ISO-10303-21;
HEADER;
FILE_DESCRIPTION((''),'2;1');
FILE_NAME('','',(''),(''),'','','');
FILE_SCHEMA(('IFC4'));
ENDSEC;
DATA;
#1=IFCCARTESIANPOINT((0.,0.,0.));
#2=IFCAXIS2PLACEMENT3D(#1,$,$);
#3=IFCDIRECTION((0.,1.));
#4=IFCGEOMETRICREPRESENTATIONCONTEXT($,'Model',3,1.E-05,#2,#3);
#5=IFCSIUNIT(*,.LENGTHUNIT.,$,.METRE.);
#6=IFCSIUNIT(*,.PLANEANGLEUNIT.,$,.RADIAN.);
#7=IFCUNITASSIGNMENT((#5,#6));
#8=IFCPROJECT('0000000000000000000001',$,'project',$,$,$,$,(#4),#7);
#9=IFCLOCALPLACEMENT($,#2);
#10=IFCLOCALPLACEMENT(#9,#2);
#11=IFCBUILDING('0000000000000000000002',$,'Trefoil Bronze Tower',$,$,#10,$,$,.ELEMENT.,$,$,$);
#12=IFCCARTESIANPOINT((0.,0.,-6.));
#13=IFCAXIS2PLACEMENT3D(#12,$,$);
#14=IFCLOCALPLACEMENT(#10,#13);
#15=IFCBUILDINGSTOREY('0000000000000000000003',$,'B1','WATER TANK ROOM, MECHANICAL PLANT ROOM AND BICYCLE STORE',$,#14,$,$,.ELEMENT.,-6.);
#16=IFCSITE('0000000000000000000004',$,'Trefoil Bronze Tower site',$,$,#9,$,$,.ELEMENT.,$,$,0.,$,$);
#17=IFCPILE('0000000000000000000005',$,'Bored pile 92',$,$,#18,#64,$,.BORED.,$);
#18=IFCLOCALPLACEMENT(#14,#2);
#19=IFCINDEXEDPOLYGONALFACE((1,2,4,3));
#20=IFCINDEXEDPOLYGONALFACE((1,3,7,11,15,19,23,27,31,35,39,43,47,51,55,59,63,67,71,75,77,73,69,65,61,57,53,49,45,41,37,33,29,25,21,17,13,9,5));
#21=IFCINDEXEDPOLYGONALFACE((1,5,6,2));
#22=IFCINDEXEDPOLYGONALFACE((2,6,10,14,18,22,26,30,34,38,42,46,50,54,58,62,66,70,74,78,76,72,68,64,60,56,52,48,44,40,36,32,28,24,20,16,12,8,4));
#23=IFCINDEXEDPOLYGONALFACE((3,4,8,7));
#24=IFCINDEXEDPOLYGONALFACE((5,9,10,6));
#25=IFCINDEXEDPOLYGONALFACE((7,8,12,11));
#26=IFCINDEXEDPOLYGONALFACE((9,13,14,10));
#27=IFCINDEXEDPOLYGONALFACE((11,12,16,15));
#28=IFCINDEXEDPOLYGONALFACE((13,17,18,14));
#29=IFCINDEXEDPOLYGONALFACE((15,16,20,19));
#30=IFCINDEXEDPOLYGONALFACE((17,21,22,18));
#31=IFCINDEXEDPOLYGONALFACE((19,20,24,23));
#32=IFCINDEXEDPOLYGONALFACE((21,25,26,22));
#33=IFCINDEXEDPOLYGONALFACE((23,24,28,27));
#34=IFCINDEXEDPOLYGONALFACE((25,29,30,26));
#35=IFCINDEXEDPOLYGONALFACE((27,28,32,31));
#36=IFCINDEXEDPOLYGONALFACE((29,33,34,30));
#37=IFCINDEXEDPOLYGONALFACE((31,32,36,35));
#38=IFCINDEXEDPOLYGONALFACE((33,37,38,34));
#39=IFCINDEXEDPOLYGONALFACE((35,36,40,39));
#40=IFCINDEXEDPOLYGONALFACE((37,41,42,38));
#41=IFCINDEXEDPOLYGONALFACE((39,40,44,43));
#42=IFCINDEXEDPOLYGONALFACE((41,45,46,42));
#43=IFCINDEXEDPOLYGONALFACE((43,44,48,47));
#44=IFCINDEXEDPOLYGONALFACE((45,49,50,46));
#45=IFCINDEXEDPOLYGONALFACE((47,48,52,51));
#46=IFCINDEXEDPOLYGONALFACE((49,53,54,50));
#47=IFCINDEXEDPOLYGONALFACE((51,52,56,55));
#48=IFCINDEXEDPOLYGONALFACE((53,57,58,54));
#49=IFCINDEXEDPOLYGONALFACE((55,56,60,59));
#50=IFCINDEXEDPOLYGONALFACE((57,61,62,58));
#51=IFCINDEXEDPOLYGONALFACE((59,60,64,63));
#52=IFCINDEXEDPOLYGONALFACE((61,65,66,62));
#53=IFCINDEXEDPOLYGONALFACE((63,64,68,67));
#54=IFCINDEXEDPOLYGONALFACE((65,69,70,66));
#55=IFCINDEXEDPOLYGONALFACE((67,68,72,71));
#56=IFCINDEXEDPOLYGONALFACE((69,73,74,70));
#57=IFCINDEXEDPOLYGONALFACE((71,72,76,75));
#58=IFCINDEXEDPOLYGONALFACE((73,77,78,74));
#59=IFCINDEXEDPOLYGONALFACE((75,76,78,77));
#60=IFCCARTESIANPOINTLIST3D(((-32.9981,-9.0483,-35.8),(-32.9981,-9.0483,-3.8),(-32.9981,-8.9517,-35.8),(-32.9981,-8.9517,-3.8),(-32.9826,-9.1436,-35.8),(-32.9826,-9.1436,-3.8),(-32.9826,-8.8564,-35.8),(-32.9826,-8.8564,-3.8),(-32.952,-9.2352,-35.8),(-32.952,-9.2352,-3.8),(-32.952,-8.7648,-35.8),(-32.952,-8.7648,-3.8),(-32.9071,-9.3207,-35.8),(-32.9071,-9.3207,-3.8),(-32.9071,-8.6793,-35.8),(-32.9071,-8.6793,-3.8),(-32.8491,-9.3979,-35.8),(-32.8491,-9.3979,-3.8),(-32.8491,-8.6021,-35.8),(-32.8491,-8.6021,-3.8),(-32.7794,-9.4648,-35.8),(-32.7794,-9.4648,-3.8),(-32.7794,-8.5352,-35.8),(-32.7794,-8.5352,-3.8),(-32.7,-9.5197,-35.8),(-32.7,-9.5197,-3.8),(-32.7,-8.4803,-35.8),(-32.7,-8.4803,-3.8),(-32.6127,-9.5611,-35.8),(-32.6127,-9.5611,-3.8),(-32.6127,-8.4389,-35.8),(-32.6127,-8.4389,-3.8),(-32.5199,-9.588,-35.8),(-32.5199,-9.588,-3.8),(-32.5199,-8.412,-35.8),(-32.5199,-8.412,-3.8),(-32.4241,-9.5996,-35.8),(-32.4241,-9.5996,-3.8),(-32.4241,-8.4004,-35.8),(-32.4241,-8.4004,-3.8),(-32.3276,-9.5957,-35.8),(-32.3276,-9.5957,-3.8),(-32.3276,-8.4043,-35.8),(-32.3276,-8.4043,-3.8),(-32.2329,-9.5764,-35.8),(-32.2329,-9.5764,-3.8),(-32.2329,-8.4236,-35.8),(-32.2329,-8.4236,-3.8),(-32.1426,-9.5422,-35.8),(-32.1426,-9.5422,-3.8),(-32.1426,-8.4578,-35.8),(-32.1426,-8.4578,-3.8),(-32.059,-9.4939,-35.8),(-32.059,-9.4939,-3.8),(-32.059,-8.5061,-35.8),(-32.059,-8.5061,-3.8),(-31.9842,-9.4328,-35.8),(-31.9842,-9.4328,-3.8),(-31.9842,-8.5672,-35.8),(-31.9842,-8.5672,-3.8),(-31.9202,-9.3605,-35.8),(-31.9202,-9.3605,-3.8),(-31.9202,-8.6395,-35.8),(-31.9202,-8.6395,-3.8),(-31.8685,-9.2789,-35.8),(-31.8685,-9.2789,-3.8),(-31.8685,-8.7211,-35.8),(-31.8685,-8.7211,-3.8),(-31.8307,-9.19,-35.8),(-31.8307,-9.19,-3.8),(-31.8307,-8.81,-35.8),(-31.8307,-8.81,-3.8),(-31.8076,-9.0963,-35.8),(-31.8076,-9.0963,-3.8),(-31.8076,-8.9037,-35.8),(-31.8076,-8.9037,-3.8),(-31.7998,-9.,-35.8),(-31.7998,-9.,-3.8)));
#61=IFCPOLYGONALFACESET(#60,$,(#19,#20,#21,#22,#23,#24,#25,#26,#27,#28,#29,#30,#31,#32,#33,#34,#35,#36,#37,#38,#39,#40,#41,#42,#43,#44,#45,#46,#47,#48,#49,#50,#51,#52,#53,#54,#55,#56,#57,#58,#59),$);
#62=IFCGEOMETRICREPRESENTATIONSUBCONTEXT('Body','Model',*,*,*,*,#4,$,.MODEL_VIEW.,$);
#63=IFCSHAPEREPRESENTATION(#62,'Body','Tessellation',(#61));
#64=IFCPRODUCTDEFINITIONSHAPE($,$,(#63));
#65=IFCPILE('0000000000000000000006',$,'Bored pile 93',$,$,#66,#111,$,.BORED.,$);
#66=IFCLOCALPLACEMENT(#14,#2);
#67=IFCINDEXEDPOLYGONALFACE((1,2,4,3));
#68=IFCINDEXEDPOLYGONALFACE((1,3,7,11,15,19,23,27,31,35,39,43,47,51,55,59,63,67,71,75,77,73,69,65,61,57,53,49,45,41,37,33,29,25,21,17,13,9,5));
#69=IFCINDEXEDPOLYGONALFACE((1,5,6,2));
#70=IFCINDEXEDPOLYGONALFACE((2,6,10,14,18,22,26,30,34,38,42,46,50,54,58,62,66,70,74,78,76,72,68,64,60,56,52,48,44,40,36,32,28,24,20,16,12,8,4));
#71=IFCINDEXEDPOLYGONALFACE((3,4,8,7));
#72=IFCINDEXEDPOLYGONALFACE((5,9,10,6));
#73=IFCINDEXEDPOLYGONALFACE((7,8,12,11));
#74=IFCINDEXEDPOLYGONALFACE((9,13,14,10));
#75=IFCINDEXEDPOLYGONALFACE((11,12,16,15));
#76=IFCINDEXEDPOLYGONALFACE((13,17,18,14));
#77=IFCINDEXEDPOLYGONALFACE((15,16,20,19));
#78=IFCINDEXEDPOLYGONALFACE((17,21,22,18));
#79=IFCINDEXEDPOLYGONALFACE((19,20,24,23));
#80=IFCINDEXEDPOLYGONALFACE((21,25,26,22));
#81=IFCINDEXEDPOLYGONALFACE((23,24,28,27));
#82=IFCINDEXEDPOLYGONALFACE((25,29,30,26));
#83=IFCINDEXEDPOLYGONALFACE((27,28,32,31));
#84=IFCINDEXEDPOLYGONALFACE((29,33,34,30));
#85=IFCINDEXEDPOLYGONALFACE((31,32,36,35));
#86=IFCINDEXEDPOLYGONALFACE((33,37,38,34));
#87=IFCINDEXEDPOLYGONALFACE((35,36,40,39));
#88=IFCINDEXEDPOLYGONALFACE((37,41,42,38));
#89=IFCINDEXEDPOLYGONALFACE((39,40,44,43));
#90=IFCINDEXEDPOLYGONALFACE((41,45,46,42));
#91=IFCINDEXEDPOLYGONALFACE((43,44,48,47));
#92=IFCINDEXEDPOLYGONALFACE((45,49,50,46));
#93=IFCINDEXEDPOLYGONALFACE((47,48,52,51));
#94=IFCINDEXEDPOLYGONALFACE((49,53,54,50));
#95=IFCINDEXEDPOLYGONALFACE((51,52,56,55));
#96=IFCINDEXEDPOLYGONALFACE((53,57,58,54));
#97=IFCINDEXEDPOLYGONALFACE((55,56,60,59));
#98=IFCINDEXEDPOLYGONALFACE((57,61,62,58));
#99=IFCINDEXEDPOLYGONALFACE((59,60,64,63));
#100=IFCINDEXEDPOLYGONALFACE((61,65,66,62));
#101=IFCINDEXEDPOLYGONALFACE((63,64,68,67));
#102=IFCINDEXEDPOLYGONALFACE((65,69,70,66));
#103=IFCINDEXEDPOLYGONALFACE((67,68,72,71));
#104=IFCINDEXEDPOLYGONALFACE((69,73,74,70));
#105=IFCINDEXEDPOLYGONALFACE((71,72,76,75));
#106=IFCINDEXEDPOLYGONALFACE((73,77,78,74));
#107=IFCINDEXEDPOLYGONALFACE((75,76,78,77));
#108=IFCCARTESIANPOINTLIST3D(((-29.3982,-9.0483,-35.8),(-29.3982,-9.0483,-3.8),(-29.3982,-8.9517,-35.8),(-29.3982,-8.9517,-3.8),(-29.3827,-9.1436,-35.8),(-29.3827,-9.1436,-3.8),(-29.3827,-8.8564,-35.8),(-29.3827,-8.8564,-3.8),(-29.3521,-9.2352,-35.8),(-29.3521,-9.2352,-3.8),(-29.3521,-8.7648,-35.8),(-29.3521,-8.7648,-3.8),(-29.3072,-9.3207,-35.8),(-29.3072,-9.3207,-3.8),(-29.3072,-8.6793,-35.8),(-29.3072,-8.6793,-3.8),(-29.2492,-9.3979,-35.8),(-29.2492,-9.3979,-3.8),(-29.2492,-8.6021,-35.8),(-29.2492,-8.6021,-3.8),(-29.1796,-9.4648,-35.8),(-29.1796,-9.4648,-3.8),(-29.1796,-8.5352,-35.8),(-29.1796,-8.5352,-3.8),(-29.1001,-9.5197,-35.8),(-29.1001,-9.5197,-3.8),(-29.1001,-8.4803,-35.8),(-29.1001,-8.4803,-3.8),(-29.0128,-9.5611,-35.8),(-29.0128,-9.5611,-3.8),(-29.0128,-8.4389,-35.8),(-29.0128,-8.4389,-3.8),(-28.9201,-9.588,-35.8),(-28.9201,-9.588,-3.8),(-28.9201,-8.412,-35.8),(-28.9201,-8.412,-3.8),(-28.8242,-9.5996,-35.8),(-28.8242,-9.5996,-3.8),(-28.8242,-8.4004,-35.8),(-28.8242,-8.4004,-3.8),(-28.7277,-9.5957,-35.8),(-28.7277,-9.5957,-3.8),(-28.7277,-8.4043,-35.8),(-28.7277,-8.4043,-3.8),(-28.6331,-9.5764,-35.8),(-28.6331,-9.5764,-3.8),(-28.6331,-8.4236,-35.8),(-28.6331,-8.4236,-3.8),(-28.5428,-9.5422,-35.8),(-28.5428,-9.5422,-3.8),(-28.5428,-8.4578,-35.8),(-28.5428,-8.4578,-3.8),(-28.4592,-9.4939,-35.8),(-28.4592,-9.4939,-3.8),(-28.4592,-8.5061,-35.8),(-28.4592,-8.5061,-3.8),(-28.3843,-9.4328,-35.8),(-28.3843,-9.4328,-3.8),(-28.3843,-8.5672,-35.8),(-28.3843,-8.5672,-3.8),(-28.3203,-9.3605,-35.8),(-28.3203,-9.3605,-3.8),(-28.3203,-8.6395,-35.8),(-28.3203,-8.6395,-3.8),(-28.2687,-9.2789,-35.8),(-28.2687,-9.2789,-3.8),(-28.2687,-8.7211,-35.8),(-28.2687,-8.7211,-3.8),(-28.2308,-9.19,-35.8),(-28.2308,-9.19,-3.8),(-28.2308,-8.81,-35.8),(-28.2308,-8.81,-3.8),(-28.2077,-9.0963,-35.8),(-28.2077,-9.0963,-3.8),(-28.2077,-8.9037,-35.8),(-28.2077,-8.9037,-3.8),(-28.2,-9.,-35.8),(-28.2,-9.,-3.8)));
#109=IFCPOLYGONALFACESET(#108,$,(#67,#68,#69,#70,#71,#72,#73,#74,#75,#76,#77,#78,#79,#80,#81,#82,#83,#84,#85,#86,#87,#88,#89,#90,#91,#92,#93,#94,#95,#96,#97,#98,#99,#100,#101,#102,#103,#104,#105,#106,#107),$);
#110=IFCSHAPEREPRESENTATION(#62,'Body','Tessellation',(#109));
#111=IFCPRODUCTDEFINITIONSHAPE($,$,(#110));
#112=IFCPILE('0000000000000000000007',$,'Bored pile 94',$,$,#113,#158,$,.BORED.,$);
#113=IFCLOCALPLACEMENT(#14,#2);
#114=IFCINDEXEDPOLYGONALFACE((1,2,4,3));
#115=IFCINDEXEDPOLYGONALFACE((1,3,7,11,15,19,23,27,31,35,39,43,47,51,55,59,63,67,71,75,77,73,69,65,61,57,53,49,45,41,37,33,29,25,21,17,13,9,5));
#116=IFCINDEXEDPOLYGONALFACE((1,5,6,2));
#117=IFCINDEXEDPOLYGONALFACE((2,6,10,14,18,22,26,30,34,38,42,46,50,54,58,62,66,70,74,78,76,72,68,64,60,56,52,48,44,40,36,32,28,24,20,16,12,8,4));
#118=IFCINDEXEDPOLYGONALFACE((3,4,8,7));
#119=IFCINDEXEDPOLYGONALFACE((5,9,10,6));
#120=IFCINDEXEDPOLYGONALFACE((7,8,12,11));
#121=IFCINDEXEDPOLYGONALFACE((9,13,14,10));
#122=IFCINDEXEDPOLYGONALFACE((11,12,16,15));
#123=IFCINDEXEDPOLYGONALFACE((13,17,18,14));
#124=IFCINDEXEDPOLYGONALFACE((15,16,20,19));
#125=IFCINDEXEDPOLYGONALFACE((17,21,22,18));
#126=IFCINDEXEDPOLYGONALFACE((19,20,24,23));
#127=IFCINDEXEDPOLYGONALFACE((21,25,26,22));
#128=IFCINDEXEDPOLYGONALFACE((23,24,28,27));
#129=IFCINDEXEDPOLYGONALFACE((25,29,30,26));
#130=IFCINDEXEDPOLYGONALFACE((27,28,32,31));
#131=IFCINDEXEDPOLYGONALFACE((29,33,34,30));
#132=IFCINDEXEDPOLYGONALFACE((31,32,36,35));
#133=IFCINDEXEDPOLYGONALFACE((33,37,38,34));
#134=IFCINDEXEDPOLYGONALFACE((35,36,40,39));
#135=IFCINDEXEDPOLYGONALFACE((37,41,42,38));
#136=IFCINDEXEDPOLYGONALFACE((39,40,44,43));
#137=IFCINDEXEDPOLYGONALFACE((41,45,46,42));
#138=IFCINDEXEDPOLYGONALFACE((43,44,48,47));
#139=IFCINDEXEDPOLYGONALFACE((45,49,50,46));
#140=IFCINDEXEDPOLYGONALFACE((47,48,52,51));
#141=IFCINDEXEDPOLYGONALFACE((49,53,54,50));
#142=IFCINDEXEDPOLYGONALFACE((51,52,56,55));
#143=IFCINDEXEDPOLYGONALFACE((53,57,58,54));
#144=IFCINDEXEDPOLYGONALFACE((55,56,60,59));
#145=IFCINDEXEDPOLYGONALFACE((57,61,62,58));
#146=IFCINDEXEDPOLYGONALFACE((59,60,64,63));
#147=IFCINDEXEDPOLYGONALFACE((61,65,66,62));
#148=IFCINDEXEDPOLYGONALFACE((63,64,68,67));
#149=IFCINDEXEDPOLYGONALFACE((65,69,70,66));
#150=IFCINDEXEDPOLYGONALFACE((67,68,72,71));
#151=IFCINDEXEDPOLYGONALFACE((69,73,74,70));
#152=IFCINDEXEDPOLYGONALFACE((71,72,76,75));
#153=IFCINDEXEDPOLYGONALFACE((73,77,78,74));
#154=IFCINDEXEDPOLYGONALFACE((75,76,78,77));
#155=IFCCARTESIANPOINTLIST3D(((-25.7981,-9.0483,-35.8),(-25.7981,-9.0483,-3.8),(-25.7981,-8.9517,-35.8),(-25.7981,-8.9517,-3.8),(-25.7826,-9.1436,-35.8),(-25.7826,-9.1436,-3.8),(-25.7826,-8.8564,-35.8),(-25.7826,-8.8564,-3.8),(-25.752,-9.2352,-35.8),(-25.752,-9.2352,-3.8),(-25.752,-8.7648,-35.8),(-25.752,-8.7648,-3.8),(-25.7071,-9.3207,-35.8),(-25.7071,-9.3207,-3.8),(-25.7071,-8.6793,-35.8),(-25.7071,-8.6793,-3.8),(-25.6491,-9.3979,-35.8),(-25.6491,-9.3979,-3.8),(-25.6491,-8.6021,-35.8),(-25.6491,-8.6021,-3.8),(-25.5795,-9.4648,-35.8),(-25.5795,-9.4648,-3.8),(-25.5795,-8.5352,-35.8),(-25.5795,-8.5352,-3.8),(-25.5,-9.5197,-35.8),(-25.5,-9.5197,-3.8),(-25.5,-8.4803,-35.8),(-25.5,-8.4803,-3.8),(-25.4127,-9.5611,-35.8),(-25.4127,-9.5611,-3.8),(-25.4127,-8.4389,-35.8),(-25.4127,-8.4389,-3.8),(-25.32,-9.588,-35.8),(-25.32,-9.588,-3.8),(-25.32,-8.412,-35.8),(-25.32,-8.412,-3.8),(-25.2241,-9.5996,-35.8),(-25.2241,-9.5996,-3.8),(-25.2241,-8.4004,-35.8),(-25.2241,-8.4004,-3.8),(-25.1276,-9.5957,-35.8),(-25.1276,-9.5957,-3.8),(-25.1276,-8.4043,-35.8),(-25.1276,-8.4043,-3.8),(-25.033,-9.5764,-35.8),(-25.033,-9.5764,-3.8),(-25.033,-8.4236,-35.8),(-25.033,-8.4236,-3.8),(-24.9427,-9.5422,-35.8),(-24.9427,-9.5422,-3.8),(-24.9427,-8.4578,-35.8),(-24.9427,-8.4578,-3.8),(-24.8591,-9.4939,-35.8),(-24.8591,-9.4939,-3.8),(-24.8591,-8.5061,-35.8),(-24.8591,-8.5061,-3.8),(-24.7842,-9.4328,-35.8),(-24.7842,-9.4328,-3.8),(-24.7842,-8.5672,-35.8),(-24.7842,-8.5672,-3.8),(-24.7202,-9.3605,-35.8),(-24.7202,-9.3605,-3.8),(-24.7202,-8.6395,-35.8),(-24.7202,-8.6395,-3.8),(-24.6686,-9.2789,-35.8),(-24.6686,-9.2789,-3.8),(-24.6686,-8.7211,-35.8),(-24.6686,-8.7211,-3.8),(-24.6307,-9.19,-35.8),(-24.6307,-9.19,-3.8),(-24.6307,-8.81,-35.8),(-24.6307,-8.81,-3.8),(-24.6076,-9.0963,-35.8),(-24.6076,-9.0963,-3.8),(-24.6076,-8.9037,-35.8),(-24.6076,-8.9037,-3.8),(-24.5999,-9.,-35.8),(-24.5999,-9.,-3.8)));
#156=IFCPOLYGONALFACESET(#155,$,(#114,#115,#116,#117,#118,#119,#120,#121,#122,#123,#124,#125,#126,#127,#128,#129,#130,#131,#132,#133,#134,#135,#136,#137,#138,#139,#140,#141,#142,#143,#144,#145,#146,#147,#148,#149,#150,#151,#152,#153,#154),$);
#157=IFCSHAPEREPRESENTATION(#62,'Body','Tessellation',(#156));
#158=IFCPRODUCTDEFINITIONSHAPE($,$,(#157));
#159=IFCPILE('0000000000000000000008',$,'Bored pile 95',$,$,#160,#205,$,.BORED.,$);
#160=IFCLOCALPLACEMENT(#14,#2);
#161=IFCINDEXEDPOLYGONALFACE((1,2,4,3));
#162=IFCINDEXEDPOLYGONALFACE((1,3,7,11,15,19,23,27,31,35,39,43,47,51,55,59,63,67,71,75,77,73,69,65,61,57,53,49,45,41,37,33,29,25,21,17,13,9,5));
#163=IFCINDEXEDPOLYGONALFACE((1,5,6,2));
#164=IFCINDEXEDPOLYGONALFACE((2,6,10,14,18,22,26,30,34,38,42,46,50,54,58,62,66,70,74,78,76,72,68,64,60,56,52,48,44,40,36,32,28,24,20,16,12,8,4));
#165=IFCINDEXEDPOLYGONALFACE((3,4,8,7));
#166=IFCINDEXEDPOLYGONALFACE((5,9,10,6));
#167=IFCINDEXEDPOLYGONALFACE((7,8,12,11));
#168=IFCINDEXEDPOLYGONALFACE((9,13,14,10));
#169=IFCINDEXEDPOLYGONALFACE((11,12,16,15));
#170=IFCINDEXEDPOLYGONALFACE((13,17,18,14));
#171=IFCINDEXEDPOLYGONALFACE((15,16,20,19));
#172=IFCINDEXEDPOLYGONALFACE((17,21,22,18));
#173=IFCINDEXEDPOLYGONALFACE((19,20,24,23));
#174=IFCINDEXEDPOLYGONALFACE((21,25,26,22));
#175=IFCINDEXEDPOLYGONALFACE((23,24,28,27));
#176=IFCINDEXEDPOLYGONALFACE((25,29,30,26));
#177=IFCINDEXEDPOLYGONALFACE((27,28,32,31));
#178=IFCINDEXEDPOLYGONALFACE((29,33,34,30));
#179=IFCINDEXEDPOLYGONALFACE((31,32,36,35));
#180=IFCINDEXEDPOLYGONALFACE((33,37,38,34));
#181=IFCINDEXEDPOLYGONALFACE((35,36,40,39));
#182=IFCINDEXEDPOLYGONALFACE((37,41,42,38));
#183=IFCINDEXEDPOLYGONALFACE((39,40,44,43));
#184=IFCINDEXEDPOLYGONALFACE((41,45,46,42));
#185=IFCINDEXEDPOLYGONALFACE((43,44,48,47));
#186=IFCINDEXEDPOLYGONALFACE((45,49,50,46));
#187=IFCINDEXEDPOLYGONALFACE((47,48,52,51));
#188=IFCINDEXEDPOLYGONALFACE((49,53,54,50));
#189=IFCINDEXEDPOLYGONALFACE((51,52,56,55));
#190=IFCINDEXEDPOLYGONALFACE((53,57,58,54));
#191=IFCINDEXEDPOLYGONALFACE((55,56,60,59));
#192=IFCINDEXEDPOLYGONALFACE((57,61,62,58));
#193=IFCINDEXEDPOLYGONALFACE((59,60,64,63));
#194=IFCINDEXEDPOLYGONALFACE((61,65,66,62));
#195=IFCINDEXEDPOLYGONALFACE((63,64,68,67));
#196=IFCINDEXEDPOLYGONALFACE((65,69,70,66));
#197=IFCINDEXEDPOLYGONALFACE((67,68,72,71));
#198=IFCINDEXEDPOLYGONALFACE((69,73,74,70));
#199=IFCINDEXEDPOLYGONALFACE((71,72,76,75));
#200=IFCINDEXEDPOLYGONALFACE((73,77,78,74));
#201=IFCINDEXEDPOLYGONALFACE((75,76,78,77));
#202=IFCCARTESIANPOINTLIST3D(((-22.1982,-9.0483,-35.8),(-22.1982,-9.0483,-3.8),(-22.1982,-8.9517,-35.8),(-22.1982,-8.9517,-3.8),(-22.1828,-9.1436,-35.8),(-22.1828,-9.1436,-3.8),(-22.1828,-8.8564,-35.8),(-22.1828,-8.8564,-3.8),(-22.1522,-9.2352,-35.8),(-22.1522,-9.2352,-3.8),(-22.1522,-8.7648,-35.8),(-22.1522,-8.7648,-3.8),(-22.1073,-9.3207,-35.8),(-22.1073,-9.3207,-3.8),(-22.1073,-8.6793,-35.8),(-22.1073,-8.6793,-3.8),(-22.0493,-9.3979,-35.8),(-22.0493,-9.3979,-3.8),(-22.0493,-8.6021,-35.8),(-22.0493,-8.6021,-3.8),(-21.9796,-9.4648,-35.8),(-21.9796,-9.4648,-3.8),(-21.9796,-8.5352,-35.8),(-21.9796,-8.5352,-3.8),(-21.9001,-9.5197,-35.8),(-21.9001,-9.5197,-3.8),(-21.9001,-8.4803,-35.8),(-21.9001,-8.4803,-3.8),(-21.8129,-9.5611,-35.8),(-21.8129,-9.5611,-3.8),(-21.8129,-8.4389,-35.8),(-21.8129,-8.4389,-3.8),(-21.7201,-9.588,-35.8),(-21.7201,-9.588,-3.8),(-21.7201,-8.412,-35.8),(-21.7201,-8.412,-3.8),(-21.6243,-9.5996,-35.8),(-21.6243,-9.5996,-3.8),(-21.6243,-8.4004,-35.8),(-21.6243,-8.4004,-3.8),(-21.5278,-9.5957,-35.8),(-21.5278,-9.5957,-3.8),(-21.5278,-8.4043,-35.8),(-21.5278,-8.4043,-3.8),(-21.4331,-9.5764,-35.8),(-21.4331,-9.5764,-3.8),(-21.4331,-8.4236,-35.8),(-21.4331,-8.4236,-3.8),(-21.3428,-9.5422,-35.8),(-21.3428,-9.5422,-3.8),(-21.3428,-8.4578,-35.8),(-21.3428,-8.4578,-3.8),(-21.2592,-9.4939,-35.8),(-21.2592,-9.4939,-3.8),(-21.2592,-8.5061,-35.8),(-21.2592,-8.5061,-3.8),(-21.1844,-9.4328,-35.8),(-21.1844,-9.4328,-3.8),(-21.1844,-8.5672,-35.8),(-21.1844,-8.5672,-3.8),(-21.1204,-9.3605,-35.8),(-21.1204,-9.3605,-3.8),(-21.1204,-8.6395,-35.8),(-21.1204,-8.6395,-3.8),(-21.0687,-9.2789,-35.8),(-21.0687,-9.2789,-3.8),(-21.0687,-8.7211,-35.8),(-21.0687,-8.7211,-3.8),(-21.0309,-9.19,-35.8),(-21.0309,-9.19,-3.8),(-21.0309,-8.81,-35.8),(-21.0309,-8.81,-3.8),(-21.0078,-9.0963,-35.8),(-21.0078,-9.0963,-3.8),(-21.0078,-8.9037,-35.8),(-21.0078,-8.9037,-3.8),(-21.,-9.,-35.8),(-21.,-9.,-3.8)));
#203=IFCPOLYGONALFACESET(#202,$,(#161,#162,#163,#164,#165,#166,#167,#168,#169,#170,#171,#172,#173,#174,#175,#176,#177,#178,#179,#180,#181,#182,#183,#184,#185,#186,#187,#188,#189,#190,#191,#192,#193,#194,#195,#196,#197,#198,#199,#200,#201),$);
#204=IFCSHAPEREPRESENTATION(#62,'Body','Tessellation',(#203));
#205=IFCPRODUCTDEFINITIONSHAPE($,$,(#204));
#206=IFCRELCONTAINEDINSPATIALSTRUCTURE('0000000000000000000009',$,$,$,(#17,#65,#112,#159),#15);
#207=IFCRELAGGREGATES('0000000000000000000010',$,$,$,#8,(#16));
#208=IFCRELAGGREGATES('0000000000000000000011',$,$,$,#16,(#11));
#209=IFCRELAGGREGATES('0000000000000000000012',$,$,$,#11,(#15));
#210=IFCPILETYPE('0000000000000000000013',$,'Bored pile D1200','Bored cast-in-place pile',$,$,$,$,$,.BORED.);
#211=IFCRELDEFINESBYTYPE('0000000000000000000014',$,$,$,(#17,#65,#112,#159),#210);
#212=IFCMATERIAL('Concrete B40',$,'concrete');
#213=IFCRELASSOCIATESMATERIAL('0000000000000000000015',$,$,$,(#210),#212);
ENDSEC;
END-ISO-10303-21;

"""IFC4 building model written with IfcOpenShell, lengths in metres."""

from ifc_helpers import new_model, si_unit, direction, frame, origin, origin_2d, place, context, subcontext, project, spatial, circle, extrude, material, type_object, element, save


model = new_model("IFC4")

# Units and contexts
model_context = context("Model", 3, precision=1e-05, world=origin(), true_north=direction((0.0, 1.0)))
body_context = subcontext(model_context, "Body", "Model", "MODEL_VIEW")
ifc_project = project(units=[si_unit("LENGTHUNIT", "METRE"), si_unit("PLANEANGLEUNIT", "RADIAN")], contexts=[model_context])

# Site, building, storey
site_placement = place(None, origin())
site = spatial("IfcSite", under=ifc_project, at=site_placement, Name="Trefoil Bronze Tower site", CompositionType="ELEMENT", RefElevation=0.0)
building_placement = place(site_placement, origin())
building = spatial("IfcBuilding", under=site, at=building_placement, Name="Trefoil Bronze Tower", CompositionType="ELEMENT")
storey_placement = place(building_placement, frame((0.0, 0.0, -6.0)))
storey = spatial("IfcBuildingStorey", under=building, at=storey_placement, Name="B1", Description="WATER TANK ROOM, MECHANICAL PLANT ROOM AND BICYCLE STORE", CompositionType="ELEMENT", Elevation=-6.0)

# Piles
ifc_material_1 = material(Name="Concrete B40", Category="concrete")
pile_type = type_object("IfcPileType", Name="Bored pile D1200", Description="Bored cast-in-place pile", PredefinedType="BORED", material=ifc_material_1)
for number, where, z_axis, x_axis, name in (
    (1, (-32.3999, -9.0, -3.8), (0.0, 0.0, -1.0), (1.0, 0.0, 0.0), "Bored pile 92"),
    (2, (-28.8, -9.0, -3.8), (0.0, 0.0, -1.0), (1.0, 0.0, 0.0), "Bored pile 93"),
    (3, (-25.2, -9.0, -3.8), (0.0, 0.0, -1.0), (1.0, 0.0, 0.0), "Bored pile 94"),
    (4, (-21.6001, -9.0, -3.8), (0.0, 0.0, -1.0), (1.0, 0.0, 0.0), "Bored pile 95"),
):
    element("IfcPile", number, at=place(storey_placement, frame(where, z_axis=z_axis, x_axis=x_axis)), inside=storey, type_object=pile_type, Name=name, PredefinedType="BORED", context=body_context, shape_type="SweptSolid", body=[
        extrude(circle(Radius=0.6001, at=origin_2d()), origin(), (0.0, 0.0, 1.0), 32.0),
    ])

save(model, "model.ifc")
